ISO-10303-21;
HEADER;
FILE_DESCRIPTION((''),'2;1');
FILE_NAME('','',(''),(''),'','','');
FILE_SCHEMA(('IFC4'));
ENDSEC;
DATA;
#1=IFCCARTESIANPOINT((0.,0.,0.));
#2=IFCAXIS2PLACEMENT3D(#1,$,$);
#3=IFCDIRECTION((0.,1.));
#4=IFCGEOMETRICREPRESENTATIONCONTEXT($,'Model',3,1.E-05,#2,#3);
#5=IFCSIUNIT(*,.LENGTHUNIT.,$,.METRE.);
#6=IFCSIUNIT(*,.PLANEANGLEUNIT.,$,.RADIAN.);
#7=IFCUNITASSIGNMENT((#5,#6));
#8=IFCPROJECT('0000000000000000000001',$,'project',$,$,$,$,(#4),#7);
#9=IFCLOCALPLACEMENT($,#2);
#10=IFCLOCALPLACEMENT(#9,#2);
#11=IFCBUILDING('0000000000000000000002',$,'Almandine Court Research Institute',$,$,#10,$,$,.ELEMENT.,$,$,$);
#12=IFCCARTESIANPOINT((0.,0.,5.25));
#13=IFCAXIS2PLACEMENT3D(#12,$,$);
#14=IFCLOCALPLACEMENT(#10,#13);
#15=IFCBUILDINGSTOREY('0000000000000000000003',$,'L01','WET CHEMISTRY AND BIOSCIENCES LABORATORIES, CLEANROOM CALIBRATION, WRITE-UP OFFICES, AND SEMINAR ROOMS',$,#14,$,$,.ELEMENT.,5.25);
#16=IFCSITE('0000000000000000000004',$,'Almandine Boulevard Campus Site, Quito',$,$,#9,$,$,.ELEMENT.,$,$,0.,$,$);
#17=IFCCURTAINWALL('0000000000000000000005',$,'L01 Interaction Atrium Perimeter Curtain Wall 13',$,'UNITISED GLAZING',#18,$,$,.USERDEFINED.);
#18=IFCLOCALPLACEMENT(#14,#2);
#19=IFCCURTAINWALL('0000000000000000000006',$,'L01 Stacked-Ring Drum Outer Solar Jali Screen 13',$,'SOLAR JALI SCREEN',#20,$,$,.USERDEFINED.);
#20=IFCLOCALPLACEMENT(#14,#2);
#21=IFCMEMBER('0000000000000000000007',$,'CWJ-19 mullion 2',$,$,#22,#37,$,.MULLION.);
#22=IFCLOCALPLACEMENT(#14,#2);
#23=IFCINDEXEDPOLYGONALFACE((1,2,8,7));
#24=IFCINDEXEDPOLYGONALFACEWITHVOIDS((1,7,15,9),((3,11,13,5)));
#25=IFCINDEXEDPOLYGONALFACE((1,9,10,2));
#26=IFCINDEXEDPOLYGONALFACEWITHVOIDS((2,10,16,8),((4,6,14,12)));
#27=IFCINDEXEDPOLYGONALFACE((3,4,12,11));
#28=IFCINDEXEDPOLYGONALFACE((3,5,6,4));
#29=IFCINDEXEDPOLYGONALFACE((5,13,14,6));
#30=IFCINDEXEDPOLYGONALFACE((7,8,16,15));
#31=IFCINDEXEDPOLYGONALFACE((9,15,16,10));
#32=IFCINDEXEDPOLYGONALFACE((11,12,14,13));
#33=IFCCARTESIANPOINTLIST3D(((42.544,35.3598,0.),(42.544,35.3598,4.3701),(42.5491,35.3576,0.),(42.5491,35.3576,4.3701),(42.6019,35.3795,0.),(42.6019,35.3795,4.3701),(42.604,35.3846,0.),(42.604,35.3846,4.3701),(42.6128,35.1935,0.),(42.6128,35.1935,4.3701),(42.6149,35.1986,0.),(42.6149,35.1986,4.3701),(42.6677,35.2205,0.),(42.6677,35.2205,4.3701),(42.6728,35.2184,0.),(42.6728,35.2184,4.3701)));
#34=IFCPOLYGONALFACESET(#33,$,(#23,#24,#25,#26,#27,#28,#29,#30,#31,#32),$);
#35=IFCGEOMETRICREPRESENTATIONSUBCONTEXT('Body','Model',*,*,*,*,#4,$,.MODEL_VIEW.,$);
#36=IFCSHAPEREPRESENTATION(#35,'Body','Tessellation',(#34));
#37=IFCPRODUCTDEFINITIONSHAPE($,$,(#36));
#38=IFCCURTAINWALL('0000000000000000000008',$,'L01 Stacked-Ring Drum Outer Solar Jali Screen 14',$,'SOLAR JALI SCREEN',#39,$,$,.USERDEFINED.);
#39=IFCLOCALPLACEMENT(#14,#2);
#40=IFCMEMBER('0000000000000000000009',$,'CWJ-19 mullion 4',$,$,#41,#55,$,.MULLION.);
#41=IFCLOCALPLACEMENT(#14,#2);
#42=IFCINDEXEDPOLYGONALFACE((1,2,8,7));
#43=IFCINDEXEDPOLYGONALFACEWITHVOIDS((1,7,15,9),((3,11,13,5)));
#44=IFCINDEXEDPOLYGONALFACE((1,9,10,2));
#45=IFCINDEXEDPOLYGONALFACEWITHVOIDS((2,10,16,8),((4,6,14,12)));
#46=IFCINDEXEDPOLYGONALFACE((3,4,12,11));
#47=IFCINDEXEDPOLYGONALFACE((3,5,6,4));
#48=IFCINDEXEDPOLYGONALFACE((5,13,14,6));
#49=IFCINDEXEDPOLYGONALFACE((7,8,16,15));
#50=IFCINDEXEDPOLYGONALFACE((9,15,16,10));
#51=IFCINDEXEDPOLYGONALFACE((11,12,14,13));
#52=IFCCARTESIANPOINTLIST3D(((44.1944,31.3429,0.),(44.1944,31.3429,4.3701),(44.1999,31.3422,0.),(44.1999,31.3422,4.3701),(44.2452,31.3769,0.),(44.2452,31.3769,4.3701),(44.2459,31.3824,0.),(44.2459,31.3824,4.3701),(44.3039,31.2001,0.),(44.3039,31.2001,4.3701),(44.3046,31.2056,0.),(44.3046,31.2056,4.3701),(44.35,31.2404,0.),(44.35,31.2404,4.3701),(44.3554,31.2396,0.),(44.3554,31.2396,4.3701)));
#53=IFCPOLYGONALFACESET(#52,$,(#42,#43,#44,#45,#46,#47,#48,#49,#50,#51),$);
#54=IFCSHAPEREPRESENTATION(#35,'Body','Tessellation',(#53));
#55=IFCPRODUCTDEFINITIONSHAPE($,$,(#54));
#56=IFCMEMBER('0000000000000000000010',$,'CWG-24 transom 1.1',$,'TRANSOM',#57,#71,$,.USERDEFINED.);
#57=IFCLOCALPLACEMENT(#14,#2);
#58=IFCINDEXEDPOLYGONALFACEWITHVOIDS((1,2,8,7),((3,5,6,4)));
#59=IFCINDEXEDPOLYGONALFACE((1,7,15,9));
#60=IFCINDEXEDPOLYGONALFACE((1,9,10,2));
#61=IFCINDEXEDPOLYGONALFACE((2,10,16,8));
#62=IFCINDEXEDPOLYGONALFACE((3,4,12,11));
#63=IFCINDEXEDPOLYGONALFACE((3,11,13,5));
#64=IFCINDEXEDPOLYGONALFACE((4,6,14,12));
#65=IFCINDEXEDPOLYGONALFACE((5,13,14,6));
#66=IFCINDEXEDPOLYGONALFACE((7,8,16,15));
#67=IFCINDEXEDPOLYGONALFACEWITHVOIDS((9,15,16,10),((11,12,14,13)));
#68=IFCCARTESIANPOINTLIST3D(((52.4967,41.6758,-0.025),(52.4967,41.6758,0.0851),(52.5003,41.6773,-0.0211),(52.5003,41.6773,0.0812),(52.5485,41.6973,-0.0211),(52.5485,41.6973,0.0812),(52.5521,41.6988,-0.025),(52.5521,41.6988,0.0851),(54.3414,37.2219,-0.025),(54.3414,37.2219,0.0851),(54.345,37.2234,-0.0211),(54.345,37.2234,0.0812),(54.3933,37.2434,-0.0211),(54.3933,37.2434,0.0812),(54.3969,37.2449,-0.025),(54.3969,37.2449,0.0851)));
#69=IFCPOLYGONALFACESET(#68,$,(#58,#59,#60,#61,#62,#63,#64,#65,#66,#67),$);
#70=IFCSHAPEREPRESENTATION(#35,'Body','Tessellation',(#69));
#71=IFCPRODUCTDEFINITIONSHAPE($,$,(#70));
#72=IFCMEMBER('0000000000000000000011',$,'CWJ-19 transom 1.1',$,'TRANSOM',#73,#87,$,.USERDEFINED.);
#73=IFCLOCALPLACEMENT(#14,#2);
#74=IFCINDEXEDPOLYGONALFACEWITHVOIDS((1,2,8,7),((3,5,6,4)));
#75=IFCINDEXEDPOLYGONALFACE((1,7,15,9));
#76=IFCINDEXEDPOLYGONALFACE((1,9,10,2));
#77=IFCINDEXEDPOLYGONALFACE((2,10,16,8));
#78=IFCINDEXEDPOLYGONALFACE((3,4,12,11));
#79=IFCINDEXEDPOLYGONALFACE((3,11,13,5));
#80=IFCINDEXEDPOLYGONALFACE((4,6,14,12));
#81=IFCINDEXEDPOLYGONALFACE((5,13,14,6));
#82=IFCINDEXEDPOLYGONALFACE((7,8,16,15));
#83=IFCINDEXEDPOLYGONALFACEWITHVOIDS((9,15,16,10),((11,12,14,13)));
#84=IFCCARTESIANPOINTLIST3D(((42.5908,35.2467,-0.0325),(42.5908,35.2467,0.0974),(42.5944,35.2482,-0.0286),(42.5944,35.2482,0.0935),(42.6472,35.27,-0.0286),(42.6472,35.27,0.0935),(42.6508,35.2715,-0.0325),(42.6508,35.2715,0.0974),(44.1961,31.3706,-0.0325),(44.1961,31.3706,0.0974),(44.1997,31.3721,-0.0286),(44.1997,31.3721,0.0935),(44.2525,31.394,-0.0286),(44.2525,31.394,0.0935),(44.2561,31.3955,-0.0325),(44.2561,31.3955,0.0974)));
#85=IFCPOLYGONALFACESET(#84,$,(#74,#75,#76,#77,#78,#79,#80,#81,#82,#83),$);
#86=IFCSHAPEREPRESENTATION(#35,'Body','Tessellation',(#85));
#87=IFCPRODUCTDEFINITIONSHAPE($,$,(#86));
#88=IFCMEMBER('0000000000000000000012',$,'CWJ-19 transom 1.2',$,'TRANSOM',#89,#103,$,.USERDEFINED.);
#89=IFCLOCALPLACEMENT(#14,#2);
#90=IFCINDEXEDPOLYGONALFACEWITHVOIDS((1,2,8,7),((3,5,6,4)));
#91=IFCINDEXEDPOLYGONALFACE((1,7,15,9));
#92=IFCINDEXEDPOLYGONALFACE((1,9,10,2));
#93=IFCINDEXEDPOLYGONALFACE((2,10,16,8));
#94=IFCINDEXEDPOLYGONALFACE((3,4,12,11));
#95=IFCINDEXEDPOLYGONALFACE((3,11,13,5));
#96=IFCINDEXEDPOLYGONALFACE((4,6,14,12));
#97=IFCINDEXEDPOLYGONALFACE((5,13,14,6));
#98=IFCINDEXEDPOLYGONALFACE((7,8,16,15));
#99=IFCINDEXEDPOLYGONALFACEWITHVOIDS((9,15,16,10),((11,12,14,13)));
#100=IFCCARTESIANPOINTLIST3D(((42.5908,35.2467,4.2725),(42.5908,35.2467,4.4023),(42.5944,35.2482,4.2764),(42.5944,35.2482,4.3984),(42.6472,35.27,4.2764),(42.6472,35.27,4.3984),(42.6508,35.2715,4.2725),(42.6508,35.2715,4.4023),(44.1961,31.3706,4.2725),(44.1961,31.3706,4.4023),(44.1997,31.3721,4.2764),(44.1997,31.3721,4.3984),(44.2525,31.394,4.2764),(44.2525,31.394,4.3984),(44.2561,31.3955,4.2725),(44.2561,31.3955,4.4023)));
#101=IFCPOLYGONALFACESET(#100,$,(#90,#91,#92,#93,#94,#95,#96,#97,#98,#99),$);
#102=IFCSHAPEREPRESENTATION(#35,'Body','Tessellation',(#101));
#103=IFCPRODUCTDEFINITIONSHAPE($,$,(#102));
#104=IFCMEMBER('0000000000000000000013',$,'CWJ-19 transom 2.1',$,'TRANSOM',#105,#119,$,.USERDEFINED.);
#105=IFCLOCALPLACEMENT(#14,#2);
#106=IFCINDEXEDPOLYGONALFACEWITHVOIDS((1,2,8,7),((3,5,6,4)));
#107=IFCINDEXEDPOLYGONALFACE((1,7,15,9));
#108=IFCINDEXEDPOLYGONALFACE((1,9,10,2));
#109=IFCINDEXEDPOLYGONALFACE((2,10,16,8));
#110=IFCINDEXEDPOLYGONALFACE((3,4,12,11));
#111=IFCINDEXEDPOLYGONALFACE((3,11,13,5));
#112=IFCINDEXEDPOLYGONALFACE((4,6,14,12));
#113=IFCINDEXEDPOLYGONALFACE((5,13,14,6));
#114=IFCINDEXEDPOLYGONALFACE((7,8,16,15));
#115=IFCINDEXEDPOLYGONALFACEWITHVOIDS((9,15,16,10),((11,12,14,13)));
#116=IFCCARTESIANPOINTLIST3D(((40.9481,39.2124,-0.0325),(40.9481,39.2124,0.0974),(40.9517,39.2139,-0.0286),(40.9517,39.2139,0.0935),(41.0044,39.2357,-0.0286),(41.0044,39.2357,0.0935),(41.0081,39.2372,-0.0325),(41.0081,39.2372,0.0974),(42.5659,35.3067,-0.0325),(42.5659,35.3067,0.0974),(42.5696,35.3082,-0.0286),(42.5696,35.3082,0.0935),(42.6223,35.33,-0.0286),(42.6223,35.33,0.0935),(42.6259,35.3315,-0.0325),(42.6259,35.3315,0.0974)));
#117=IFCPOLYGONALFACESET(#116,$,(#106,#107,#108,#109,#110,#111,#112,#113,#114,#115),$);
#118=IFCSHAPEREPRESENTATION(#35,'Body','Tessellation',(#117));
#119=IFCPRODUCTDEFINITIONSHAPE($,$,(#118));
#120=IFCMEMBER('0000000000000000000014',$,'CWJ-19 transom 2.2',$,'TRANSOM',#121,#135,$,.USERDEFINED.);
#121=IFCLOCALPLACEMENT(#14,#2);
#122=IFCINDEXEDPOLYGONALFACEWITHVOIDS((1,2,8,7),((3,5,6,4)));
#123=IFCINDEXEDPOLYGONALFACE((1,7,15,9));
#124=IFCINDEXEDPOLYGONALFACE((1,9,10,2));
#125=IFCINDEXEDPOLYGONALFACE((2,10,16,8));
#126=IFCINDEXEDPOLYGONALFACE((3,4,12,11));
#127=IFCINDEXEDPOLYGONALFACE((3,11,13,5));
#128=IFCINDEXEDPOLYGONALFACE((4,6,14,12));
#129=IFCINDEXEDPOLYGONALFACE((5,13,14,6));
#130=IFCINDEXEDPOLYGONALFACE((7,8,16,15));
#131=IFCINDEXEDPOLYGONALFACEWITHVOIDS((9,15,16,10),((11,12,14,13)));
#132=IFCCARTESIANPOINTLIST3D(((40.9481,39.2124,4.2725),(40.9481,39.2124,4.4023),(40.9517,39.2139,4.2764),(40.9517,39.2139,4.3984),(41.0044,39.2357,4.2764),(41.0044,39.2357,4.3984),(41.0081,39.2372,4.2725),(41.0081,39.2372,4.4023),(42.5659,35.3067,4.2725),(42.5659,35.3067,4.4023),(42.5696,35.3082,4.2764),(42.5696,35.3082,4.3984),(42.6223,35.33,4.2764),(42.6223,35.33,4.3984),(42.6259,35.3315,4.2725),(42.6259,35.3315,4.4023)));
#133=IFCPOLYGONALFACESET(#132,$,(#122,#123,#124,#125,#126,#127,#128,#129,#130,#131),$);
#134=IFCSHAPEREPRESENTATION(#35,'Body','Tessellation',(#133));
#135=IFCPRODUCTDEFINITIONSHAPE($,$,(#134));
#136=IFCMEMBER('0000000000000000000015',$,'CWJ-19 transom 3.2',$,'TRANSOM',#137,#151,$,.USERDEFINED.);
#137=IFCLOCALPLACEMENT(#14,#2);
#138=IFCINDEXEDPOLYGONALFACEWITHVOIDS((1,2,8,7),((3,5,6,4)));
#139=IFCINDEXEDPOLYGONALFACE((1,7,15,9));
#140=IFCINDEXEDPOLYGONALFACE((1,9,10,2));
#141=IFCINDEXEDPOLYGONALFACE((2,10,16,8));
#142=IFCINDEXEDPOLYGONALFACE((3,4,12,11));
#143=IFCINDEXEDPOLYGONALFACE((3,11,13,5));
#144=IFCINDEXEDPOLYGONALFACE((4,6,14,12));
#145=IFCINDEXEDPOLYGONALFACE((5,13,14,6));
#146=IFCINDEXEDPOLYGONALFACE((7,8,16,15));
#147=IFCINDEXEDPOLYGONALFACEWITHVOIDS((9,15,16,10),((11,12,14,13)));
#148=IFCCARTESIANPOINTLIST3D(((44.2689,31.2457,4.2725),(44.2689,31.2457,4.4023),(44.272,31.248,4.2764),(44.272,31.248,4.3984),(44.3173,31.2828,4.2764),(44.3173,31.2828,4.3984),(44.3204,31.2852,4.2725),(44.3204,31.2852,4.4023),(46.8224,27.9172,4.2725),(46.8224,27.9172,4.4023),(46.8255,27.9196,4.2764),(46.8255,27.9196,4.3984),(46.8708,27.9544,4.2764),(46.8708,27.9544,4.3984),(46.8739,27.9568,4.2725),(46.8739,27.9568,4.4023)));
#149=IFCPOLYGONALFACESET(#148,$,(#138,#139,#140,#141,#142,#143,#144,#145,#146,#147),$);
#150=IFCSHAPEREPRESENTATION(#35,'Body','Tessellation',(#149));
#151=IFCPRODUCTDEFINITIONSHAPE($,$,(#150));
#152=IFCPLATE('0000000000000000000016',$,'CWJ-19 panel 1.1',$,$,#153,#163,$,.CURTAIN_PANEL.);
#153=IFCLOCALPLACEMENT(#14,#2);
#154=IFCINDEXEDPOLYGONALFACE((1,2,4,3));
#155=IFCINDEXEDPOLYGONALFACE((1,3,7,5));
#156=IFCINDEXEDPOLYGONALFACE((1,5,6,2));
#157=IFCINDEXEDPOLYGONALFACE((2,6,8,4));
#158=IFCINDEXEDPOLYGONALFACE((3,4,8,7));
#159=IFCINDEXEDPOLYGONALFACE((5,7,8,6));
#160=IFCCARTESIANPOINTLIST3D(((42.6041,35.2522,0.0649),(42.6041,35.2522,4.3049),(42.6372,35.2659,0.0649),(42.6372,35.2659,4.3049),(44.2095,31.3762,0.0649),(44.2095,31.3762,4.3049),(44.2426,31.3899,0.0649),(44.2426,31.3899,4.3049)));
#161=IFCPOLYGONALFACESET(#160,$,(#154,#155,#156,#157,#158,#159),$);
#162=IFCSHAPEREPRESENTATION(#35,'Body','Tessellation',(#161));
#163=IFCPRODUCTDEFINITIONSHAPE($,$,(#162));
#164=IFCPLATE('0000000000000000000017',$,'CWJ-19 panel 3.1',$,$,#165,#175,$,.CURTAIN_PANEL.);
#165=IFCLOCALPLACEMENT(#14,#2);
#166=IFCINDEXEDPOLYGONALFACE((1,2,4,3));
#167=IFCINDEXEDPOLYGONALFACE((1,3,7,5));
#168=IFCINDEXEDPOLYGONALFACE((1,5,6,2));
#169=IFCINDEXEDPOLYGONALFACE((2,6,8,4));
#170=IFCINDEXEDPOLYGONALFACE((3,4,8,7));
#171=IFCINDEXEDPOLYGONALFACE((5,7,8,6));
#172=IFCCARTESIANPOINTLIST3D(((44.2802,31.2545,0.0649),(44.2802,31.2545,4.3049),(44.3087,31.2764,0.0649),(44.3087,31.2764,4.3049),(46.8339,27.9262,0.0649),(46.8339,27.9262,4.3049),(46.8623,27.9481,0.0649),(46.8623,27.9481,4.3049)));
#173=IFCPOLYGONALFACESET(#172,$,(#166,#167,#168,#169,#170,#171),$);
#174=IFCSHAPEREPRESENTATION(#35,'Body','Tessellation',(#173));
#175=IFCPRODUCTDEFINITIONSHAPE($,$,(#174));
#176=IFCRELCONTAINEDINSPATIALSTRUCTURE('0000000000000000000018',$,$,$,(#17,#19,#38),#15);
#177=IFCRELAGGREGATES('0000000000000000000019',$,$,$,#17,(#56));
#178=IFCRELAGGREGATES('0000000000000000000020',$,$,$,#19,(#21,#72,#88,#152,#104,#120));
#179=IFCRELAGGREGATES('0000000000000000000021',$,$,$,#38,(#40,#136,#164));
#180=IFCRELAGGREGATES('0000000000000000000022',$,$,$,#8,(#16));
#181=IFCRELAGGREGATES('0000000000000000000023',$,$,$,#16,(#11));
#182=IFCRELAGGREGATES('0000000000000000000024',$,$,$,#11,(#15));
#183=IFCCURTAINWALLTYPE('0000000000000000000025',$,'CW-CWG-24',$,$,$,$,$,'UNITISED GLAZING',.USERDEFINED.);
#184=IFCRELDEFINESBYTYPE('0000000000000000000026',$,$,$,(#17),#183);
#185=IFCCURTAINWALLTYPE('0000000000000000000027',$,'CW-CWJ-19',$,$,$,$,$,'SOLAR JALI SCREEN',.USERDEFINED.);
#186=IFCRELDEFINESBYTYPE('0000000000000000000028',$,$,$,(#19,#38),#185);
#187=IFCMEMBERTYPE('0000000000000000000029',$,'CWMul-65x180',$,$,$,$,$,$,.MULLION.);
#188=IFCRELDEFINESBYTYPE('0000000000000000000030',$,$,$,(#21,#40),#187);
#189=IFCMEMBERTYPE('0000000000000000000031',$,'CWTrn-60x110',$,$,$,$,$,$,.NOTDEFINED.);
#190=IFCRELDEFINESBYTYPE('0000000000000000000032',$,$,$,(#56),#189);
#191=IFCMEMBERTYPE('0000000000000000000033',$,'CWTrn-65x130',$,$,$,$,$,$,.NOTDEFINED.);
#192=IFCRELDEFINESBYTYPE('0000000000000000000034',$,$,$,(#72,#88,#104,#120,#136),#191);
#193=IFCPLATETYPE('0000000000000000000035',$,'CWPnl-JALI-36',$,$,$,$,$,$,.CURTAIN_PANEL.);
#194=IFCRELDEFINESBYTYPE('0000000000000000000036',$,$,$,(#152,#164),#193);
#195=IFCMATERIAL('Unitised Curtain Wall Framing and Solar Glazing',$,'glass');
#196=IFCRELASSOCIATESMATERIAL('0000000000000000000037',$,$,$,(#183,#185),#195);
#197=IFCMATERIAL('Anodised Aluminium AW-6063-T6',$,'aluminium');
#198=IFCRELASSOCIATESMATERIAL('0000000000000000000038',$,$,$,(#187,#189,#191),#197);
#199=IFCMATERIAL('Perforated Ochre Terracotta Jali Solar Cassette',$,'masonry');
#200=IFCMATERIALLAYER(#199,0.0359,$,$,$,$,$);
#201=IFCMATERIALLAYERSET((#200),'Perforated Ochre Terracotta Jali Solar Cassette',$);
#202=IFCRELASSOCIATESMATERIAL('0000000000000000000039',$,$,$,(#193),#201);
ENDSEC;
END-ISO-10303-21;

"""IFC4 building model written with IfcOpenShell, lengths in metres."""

from ifc_helpers import new_model, si_unit, direction, frame, origin, origin_2d, place, context, subcontext, project, spatial, rectangle, hollow_rectangle, extrude, material, layer, layer_set, material_profile, profile_set, type_object, element, aggregate, save


model = new_model("IFC4")

# Units and contexts
model_context = context("Model", 3, precision=1e-05, world=origin(), true_north=direction((0.0, 1.0)))
body_context = subcontext(model_context, "Body", "Model", "MODEL_VIEW")
ifc_project = project(units=[si_unit("LENGTHUNIT", "METRE"), si_unit("PLANEANGLEUNIT", "RADIAN")], contexts=[model_context])

# Site, building, storey
site_placement = place(None, origin())
site = spatial("IfcSite", under=ifc_project, at=site_placement, Name="Almandine Boulevard Campus Site, Quito", CompositionType="ELEMENT", RefElevation=0.0)
building_placement = place(site_placement, origin())
building = spatial("IfcBuilding", under=site, at=building_placement, Name="Almandine Court Research Institute", CompositionType="ELEMENT")
storey_placement = place(building_placement, frame((0.0, 0.0, 5.25)))
storey = spatial("IfcBuildingStorey", under=building, at=storey_placement, Name="L01", Description="WET CHEMISTRY AND BIOSCIENCES LABORATORIES, CLEANROOM CALIBRATION, WRITE-UP OFFICES, AND SEMINAR ROOMS", CompositionType="ELEMENT", Elevation=5.25)

# Curtain wall
ifc_material_1 = material(Name="Unitised Curtain Wall Framing and Solar Glazing", Category="glass")
curtain_wall_type_1 = type_object("IfcCurtainWallType", Name="CW-CWG-24", ElementType="UNITISED GLAZING", PredefinedType="USERDEFINED", material=ifc_material_1)
curtain_wall_1_placement = place(storey_placement, origin())
curtain_wall_1 = element("IfcCurtainWall", 1, at=curtain_wall_1_placement, inside=storey, type_object=curtain_wall_type_1, Name="L01 Interaction Atrium Perimeter Curtain Wall 13", ObjectType="UNITISED GLAZING", PredefinedType="USERDEFINED")
ifc_material_2 = material(Name="Anodised Aluminium AW-6063-T6", Category="aluminium")

# Curtain wall, member
curtain_wall_type_2 = type_object("IfcCurtainWallType", Name="CW-CWJ-19", ElementType="SOLAR JALI SCREEN", PredefinedType="USERDEFINED", material=ifc_material_1)
curtain_wall_2_placement = place(storey_placement, origin())
curtain_wall_2 = element("IfcCurtainWall", 2, at=curtain_wall_2_placement, inside=storey, type_object=curtain_wall_type_2, Name="L01 Stacked-Ring Drum Outer Solar Jali Screen 13", ObjectType="SOLAR JALI SCREEN", PredefinedType="USERDEFINED")
ifc_material_profile_1 = material_profile(ifc_material_2, hollow_rectangle(XDim=0.0649, YDim=0.1799, WallThickness=0.0039, at=origin_2d()), Name="ALU RHS 65x180x4")
ifc_profile_set_1 = profile_set([ifc_material_profile_1], Name="Anodised Aluminium AW-6063-T6")
member_type_1 = type_object("IfcMemberType", Name="CWMul-65x180", PredefinedType="MULLION", material=ifc_profile_set_1)
member_1_placement = place(storey_placement, frame((42.6084, 35.2891, 0.0), z_axis=(0.0, 0.0, 1.0), x_axis=(-0.923888, -0.382663, 0.0)))
member_1 = element("IfcMember", 3, at=member_1_placement, type_object=member_type_1, Name="CWJ-19 mullion 2", PredefinedType="MULLION", context=body_context, shape_type="SweptSolid", body=[
    extrude(hollow_rectangle(XDim=0.0649, YDim=0.1799, WallThickness=0.0039, at=origin_2d()), origin(), (0.0, 0.0, 1.0), 4.3701),
])

# Curtain wall, member
curtain_wall_3_placement = place(storey_placement, origin())
curtain_wall_3 = element("IfcCurtainWall", 4, at=curtain_wall_3_placement, inside=storey, type_object=curtain_wall_type_2, Name="L01 Stacked-Ring Drum Outer Solar Jali Screen 14", ObjectType="SOLAR JALI SCREEN", PredefinedType="USERDEFINED")
member_2_placement = place(storey_placement, frame((44.2749, 31.2913, 0.0), z_axis=(0.0, 0.0, 1.0), x_axis=(-0.793383, -0.608723, 0.0)))
member_2 = element("IfcMember", 5, at=member_2_placement, type_object=member_type_1, Name="CWJ-19 mullion 4", PredefinedType="MULLION", context=body_context, shape_type="SweptSolid", body=[
    extrude(hollow_rectangle(XDim=0.0649, YDim=0.1799, WallThickness=0.0039, at=origin_2d()), origin(), (0.0, 0.0, 1.0), 4.3701),
])

# Members
ifc_material_profile_2 = material_profile(ifc_material_2, hollow_rectangle(XDim=0.0601, YDim=0.1101, WallThickness=0.0039, at=origin_2d()), Name="ALU RHS 60x110x4")
ifc_profile_set_2 = profile_set([ifc_material_profile_2], Name="Anodised Aluminium AW-6063-T6")
member_type_2 = type_object("IfcMemberType", Name="CWTrn-60x110", PredefinedType="NOTDEFINED", material=ifc_profile_set_2)
member_3_placement = place(storey_placement, frame((54.3691, 37.2334, 0.03), z_axis=(-0.382662, 0.923888, 0.0), x_axis=(-0.923888, -0.382662, 0.0)))
member_3 = element("IfcMember", 6, at=member_3_placement, type_object=member_type_2, Name="CWG-24 transom 1.1", ObjectType="TRANSOM", PredefinedType="USERDEFINED", context=body_context, shape_type="SweptSolid", body=[
    extrude(hollow_rectangle(XDim=0.0601, YDim=0.1101, WallThickness=0.0039, at=origin_2d()), origin(), (0.0, 0.0, 1.0), 4.8208),
])
aggregate(curtain_wall_1, [member_3])
ifc_material_profile_3 = material_profile(ifc_material_2, hollow_rectangle(XDim=0.0649, YDim=0.1299, WallThickness=0.0039, at=origin_2d()), Name="ALU RHS 65x130x4")
ifc_profile_set_3 = profile_set([ifc_material_profile_3], Name="Anodised Aluminium AW-6063-T6")
member_type_3 = type_object("IfcMemberType", Name="CWTrn-65x130", PredefinedType="NOTDEFINED", material=ifc_profile_set_3)
member_4_placement = place(storey_placement, frame((44.2261, 31.3831, 0.0325), z_axis=(-0.382631, 0.923901, 0.0), x_axis=(-0.923901, -0.382631, 0.0)))
member_4 = element("IfcMember", 7, at=member_4_placement, type_object=member_type_3, Name="CWJ-19 transom 1.1", ObjectType="TRANSOM", PredefinedType="USERDEFINED", context=body_context, shape_type="SweptSolid", body=[
    extrude(hollow_rectangle(XDim=0.0649, YDim=0.1299, WallThickness=0.0039, at=origin_2d()), origin(), (0.0, 0.0, 1.0), 4.1953),
])
member_5_placement = place(storey_placement, frame((44.2261, 31.3831, 4.3374), z_axis=(-0.382631, 0.923901, 0.0), x_axis=(-0.923901, -0.382631, 0.0)))
member_5 = element("IfcMember", 8, at=member_5_placement, type_object=member_type_3, Name="CWJ-19 transom 1.2", ObjectType="TRANSOM", PredefinedType="USERDEFINED", context=body_context, shape_type="SweptSolid", body=[
    extrude(hollow_rectangle(XDim=0.0649, YDim=0.1299, WallThickness=0.0039, at=origin_2d()), origin(), (0.0, 0.0, 1.0), 4.1953),
])
member_6_placement = place(storey_placement, frame((42.5959, 35.3191, 0.0325), z_axis=(-0.382704, 0.923871, 0.0), x_axis=(-0.923871, -0.382704, 0.0)))
member_6 = element("IfcMember", 9, at=member_6_placement, type_object=member_type_3, Name="CWJ-19 transom 2.1", ObjectType="TRANSOM", PredefinedType="USERDEFINED", context=body_context, shape_type="SweptSolid", body=[
    extrude(hollow_rectangle(XDim=0.0649, YDim=0.1299, WallThickness=0.0039, at=origin_2d()), origin(), (0.0, 0.0, 1.0), 4.2275),
])
member_7_placement = place(storey_placement, frame((42.5959, 35.3191, 4.3374), z_axis=(-0.382704, 0.923871, 0.0), x_axis=(-0.923871, -0.382704, 0.0)))
member_7 = element("IfcMember", 10, at=member_7_placement, type_object=member_type_3, Name="CWJ-19 transom 2.2", ObjectType="TRANSOM", PredefinedType="USERDEFINED", context=body_context, shape_type="SweptSolid", body=[
    extrude(hollow_rectangle(XDim=0.0649, YDim=0.1299, WallThickness=0.0039, at=origin_2d()), origin(), (0.0, 0.0, 1.0), 4.2275),
])
member_8_placement = place(storey_placement, frame((46.8481, 27.937, 4.3374), z_axis=(-0.608689, 0.793409, 0.0), x_axis=(-0.793409, -0.608689, 0.0)))
member_8 = element("IfcMember", 11, at=member_8_placement, type_object=member_type_3, Name="CWJ-19 transom 3.2", ObjectType="TRANSOM", PredefinedType="USERDEFINED", context=body_context, shape_type="SweptSolid", body=[
    extrude(hollow_rectangle(XDim=0.0649, YDim=0.1299, WallThickness=0.0039, at=origin_2d()), origin(), (0.0, 0.0, 1.0), 4.1951),
])

# Plates
ifc_material_3 = material(Name="Perforated Ochre Terracotta Jali Solar Cassette", Category="masonry")
ifc_layer_1 = layer(ifc_material_3, 0.0359)
ifc_layer_set_1 = layer_set([ifc_layer_1], Name="Perforated Ochre Terracotta Jali Solar Cassette")
plate_type = type_object("IfcPlateType", Name="CWPnl-JALI-36", PredefinedType="CURTAIN_PANEL", material=ifc_layer_set_1)
plate_1_placement = place(storey_placement, frame((43.4233, 33.321, 0.0649), z_axis=(0.0, 0.0, 1.0), x_axis=(-0.382663, 0.923888, 0.0)))
plate_1 = element("IfcPlate", 12, at=plate_1_placement, type_object=plate_type, Name="CWJ-19 panel 1.1", PredefinedType="CURTAIN_PANEL", context=body_context, shape_type="SweptSolid", body=[
    extrude(rectangle(XDim=4.1953, YDim=0.0359, at=origin_2d()), origin(), (0.0, 0.0, 1.0), 4.24),
])
aggregate(curtain_wall_2, [member_1, member_4, member_5, plate_1, member_6, member_7])
plate_2_placement = place(storey_placement, frame((45.5713, 29.6013, 0.0649), z_axis=(0.0, 0.0, 1.0), x_axis=(-0.608723, 0.793383, 0.0)))
plate_2 = element("IfcPlate", 13, at=plate_2_placement, type_object=plate_type, Name="CWJ-19 panel 3.1", PredefinedType="CURTAIN_PANEL", context=body_context, shape_type="SweptSolid", body=[
    extrude(rectangle(XDim=4.1951, YDim=0.0359, at=origin_2d()), origin(), (0.0, 0.0, 1.0), 4.24),
])
aggregate(curtain_wall_3, [member_2, member_8, plate_2])

save(model, "model.ifc")
